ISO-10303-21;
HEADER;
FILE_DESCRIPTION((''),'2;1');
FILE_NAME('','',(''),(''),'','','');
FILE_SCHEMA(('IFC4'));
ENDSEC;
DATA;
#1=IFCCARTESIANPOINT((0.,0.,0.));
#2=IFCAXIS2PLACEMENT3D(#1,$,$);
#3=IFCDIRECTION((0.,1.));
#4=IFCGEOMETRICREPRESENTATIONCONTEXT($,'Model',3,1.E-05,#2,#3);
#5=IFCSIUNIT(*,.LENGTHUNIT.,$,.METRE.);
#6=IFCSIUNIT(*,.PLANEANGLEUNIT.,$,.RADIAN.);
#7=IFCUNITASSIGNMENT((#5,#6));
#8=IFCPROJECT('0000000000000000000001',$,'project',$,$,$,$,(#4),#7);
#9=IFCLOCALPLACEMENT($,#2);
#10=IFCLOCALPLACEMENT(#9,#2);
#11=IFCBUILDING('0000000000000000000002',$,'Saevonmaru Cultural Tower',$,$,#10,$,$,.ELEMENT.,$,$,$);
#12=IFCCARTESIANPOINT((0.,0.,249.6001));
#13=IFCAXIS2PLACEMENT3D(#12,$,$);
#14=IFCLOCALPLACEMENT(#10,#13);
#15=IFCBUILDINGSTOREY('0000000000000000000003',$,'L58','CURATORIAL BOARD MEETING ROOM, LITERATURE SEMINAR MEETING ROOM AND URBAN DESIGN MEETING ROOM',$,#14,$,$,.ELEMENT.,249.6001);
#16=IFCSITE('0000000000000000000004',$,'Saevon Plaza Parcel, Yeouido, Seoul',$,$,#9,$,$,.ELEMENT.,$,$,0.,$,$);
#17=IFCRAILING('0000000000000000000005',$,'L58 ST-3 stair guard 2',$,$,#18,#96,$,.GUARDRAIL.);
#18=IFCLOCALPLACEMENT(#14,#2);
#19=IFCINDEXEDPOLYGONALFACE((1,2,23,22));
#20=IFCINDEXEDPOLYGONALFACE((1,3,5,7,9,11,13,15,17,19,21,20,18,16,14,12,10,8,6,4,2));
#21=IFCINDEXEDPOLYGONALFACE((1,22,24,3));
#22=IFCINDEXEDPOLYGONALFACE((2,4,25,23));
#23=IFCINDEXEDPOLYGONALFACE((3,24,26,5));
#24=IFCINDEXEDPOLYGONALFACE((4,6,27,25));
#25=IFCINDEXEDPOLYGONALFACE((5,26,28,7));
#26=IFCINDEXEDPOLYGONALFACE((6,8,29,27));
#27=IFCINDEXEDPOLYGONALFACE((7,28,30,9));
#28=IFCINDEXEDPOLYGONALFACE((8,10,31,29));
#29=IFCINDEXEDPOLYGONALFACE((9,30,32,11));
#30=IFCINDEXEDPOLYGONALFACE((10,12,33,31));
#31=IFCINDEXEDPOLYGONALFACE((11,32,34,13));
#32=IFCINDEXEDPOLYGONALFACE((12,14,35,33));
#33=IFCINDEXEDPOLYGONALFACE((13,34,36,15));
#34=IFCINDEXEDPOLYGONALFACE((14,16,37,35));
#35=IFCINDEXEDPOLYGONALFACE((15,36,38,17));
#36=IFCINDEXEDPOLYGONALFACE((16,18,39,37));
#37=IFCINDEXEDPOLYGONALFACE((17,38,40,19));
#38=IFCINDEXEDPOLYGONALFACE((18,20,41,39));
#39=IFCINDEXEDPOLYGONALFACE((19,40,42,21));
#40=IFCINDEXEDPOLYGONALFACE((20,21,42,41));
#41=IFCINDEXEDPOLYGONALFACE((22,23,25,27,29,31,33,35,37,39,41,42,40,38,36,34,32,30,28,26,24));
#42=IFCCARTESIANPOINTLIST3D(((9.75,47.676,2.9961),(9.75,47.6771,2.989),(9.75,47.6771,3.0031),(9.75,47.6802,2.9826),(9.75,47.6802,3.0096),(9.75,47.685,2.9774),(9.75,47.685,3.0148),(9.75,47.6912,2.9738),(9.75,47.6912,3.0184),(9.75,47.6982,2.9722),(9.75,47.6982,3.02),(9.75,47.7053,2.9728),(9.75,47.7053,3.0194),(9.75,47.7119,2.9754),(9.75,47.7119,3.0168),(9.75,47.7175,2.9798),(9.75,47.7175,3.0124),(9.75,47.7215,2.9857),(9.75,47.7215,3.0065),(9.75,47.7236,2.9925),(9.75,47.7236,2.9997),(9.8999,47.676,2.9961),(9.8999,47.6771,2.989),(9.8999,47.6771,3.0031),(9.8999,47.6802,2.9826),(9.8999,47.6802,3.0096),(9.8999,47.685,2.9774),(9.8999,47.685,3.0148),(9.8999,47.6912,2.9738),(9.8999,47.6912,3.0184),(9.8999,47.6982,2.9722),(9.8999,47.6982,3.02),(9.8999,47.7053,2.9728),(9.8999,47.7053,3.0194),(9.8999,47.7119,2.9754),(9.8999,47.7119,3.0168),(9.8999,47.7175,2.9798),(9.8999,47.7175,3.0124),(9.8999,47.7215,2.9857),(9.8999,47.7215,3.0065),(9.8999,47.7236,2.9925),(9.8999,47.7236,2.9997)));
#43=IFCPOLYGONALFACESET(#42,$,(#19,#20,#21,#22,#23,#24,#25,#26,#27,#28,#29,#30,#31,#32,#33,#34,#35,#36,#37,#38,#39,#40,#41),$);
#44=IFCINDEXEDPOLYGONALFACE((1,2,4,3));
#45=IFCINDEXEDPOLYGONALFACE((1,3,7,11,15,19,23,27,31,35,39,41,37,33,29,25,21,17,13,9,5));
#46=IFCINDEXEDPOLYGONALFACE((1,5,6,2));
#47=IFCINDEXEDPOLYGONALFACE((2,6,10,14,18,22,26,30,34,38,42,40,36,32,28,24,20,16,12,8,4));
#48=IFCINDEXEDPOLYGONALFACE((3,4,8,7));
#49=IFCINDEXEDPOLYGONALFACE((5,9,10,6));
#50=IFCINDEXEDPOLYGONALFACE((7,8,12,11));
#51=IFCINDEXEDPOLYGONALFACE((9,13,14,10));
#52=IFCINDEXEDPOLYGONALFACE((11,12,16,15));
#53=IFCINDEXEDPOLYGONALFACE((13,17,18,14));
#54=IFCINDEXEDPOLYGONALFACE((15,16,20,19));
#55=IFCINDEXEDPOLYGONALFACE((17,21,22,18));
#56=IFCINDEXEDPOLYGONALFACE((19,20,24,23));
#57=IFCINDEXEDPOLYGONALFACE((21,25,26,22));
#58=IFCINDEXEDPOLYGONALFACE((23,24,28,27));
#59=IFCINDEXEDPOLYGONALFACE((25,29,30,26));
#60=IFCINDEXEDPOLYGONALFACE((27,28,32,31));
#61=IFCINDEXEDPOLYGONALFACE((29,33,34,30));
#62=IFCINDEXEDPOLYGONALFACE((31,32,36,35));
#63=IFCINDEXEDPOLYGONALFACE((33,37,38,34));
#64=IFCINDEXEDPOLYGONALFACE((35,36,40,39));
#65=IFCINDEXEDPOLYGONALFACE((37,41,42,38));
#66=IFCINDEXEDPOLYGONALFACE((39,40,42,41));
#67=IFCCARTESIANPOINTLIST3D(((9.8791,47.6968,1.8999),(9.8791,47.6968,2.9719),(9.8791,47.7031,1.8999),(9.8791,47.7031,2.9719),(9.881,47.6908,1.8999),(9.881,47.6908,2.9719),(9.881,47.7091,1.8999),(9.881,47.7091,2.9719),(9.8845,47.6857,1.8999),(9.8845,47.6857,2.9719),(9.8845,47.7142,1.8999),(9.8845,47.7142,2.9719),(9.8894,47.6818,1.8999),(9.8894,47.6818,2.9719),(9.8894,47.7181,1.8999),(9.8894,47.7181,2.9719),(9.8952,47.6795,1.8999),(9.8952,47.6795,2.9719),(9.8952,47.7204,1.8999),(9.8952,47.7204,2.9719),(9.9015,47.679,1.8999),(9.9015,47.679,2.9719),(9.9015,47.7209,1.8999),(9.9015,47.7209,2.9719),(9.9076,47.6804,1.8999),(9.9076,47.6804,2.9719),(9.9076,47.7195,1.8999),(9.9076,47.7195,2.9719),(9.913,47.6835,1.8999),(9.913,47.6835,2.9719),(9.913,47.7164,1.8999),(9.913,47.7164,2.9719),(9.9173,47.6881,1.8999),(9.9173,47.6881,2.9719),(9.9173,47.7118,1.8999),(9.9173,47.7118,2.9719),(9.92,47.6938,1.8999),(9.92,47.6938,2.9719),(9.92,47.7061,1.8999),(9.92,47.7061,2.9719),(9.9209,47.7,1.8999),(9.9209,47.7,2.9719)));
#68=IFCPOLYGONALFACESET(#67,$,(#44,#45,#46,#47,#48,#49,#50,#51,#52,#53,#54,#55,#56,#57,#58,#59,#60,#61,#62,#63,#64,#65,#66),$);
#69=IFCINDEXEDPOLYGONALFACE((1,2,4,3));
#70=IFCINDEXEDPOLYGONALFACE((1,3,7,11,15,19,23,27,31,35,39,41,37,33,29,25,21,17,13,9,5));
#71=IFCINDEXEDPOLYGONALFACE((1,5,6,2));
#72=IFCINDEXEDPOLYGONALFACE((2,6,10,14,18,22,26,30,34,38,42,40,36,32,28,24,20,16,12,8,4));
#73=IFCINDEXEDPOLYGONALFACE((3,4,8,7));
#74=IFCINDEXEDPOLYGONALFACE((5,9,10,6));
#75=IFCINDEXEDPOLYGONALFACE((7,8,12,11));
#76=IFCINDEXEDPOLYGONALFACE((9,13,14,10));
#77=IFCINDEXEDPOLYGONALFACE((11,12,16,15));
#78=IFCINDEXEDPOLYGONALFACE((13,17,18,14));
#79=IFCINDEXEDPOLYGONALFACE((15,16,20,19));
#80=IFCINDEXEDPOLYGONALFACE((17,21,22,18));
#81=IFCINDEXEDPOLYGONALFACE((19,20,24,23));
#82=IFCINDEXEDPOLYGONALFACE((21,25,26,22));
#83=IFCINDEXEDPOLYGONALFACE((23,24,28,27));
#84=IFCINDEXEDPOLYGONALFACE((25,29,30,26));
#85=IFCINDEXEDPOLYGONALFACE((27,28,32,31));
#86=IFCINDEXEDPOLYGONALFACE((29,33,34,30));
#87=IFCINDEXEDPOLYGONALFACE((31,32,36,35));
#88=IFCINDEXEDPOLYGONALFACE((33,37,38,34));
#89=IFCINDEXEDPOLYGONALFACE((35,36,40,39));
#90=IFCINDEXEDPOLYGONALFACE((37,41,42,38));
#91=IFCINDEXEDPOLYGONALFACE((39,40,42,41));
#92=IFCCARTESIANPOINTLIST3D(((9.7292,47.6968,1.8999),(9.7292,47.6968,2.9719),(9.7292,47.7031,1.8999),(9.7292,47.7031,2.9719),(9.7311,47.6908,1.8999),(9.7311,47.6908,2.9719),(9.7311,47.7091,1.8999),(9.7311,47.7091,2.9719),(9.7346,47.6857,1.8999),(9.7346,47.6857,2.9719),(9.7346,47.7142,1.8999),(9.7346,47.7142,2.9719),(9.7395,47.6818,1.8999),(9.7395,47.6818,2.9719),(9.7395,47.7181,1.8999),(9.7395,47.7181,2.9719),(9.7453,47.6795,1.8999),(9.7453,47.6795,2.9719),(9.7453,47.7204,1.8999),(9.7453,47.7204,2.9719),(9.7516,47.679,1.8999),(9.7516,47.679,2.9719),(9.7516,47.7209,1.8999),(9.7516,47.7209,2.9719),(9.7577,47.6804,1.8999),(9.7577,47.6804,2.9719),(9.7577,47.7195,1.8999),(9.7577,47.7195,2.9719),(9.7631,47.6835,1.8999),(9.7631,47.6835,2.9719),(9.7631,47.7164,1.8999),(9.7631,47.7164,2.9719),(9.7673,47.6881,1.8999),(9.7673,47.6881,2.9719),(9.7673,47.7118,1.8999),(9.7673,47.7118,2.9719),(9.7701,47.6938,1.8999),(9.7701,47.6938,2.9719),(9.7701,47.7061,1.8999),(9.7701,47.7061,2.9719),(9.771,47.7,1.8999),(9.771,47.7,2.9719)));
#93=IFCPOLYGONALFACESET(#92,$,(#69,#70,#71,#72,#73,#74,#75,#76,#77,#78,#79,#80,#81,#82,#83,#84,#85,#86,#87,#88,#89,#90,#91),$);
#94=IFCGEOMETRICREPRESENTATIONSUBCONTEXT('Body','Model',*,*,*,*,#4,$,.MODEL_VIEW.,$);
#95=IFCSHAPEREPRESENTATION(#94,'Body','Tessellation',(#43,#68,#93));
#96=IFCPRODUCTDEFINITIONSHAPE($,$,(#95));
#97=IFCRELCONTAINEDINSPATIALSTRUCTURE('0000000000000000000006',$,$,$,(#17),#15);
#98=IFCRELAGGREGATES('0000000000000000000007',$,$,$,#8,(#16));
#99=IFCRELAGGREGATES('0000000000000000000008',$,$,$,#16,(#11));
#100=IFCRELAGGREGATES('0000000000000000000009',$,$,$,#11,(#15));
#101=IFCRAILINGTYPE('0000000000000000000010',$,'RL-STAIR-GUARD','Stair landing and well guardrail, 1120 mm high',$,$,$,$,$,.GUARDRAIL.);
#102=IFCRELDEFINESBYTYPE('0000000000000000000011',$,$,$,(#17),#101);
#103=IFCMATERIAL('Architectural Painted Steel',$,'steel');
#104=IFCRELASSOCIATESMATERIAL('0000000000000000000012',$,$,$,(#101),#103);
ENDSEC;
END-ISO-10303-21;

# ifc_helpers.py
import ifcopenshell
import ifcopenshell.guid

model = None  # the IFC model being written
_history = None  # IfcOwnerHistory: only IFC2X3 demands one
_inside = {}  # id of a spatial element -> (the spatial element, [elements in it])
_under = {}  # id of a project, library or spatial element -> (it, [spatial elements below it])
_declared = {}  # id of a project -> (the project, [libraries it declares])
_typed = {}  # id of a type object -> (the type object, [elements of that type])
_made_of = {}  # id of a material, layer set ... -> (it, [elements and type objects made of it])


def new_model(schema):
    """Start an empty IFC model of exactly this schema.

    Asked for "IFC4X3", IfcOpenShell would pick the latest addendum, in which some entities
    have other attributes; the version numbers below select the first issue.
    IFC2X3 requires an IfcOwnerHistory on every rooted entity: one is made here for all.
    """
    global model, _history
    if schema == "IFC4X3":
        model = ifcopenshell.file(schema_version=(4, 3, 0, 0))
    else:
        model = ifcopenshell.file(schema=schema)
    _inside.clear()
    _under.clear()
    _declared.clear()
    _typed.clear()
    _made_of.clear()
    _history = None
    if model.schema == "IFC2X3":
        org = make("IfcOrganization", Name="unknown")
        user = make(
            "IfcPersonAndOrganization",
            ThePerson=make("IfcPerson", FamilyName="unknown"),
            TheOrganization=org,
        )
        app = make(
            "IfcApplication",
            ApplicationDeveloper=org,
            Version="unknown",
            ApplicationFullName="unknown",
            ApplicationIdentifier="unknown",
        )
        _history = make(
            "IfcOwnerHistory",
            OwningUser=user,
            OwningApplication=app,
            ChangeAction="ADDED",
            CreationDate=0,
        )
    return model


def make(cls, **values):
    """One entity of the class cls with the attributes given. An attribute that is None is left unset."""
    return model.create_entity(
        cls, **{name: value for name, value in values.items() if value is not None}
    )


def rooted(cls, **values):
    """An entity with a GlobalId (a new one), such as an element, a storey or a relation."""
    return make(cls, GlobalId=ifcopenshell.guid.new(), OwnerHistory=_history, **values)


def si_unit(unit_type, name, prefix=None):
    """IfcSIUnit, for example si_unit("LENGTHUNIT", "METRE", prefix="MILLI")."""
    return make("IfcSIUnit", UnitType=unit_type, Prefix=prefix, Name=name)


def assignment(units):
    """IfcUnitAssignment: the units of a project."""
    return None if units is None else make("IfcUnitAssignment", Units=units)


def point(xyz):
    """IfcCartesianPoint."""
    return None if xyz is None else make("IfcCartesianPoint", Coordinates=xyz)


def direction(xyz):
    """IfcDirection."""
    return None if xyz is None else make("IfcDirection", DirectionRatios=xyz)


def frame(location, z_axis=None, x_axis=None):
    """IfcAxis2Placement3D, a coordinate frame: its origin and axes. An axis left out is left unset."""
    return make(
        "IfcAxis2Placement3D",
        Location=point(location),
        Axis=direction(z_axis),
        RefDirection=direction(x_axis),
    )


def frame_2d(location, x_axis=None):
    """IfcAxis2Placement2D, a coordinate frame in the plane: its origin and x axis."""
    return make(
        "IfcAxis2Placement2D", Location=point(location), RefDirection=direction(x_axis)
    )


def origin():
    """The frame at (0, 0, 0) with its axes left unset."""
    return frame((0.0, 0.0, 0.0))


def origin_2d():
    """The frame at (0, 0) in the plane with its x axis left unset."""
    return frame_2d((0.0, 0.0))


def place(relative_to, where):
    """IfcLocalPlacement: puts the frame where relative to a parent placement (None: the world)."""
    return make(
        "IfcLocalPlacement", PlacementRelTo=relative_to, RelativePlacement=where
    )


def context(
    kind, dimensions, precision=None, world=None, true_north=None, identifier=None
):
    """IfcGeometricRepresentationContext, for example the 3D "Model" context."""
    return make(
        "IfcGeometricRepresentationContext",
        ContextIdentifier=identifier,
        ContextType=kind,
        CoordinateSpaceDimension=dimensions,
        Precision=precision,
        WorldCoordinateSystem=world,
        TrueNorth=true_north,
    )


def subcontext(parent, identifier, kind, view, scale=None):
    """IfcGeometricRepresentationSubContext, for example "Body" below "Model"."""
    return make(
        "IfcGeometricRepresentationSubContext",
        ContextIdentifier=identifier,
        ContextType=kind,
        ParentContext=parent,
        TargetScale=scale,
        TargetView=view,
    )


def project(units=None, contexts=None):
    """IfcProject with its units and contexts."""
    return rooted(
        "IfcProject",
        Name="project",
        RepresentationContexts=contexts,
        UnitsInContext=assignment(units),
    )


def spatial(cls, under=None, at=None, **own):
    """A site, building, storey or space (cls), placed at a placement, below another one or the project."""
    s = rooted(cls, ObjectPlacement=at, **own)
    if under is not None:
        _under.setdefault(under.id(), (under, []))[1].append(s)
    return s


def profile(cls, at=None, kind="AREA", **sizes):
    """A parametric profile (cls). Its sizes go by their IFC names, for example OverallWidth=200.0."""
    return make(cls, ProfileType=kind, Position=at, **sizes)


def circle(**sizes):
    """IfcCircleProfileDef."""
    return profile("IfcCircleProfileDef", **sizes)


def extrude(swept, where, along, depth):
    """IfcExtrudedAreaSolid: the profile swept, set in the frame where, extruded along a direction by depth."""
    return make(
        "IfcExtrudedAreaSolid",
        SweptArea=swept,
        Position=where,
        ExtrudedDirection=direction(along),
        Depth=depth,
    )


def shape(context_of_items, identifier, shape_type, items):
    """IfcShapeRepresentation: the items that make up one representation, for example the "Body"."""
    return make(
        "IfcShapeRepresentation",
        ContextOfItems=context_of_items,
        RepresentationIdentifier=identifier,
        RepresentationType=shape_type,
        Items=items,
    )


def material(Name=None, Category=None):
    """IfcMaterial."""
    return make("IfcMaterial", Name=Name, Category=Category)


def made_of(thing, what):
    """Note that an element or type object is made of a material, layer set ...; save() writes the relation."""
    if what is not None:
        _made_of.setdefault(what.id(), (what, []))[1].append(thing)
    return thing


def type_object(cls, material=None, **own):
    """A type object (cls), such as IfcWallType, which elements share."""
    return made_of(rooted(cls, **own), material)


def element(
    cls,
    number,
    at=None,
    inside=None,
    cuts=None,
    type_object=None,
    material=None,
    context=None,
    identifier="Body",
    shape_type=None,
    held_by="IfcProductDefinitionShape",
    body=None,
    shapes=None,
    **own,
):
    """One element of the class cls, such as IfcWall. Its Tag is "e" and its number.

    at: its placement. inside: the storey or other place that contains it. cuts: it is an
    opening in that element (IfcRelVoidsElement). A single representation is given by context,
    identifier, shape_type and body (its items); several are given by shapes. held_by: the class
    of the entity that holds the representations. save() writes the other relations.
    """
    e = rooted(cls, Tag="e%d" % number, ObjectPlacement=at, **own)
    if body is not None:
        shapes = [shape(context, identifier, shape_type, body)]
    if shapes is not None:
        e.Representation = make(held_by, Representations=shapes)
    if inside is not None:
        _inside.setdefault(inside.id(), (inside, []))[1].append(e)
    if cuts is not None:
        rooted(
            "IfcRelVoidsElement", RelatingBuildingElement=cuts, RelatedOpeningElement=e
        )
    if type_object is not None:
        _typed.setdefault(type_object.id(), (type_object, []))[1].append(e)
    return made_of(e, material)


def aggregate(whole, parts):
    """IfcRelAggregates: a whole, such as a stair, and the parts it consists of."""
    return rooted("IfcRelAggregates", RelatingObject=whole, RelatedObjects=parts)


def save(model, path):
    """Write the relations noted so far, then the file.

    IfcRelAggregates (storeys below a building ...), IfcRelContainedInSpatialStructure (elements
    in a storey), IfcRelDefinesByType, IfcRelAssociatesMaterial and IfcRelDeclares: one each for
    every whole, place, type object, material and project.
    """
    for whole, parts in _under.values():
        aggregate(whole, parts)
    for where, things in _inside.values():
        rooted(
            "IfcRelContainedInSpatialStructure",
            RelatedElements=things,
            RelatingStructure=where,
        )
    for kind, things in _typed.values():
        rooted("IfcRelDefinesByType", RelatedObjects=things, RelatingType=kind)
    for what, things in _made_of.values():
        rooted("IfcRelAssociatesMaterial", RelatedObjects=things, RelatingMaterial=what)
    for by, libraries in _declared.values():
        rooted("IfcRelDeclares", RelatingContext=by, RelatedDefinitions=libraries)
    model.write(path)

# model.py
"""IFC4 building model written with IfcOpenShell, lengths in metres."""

from ifc_helpers import new_model, si_unit, direction, frame, origin, origin_2d, place, context, subcontext, project, spatial, circle, extrude, material, type_object, element, save


model = new_model("IFC4")

# Units and contexts
model_context = context("Model", 3, precision=1e-05, world=origin(), true_north=direction((0.0, 1.0)))
body_context = subcontext(model_context, "Body", "Model", "MODEL_VIEW")
ifc_project = project(units=[si_unit("LENGTHUNIT", "METRE"), si_unit("PLANEANGLEUNIT", "RADIAN")], contexts=[model_context])

# Site, building, storey
site_placement = place(None, origin())
site = spatial("IfcSite", under=ifc_project, at=site_placement, Name="Saevon Plaza Parcel, Yeouido, Seoul", CompositionType="ELEMENT", RefElevation=0.0)
building_placement = place(site_placement, origin())
building = spatial("IfcBuilding", under=site, at=building_placement, Name="Saevonmaru Cultural Tower", CompositionType="ELEMENT")
storey_placement = place(building_placement, frame((0.0, 0.0, 249.6001)))
storey = spatial("IfcBuildingStorey", under=building, at=storey_placement, Name="L58", Description="CURATORIAL BOARD MEETING ROOM, LITERATURE SEMINAR MEETING ROOM AND URBAN DESIGN MEETING ROOM", CompositionType="ELEMENT", Elevation=249.6001)

# Railing
ifc_material_1 = material(Name="Architectural Painted Steel", Category="steel")
railing_type_1 = type_object("IfcRailingType", Name="RL-STAIR-GUARD", Description="Stair landing and well guardrail, 1120 mm high", PredefinedType="GUARDRAIL", material=ifc_material_1)
railing_1_placement = place(storey_placement, frame((9.8999, 47.7, 1.8999)))
element("IfcRailing", 1, at=railing_1_placement, inside=storey, type_object=railing_type_1, Name="L58 ST-3 stair guard 2", PredefinedType="GUARDRAIL", context=body_context, shape_type="SweptSolid", body=[
    extrude(circle(Radius=0.0239, at=origin_2d()), frame((0.0, 0.0, 1.0962), z_axis=(-1.0, 0.0, 0.0), x_axis=(0.0, -1.0, 0.0)), (0.0, 0.0, 1.0), 0.1499),
    extrude(circle(Radius=0.021, at=origin_2d()), origin(), (0.0, 0.0, 1.0), 1.072),
    extrude(circle(Radius=0.021, at=origin_2d()), frame((-0.1499, 0.0, 0.0)), (0.0, 0.0, 1.0), 1.072),
])

save(model, "model.ifc")
